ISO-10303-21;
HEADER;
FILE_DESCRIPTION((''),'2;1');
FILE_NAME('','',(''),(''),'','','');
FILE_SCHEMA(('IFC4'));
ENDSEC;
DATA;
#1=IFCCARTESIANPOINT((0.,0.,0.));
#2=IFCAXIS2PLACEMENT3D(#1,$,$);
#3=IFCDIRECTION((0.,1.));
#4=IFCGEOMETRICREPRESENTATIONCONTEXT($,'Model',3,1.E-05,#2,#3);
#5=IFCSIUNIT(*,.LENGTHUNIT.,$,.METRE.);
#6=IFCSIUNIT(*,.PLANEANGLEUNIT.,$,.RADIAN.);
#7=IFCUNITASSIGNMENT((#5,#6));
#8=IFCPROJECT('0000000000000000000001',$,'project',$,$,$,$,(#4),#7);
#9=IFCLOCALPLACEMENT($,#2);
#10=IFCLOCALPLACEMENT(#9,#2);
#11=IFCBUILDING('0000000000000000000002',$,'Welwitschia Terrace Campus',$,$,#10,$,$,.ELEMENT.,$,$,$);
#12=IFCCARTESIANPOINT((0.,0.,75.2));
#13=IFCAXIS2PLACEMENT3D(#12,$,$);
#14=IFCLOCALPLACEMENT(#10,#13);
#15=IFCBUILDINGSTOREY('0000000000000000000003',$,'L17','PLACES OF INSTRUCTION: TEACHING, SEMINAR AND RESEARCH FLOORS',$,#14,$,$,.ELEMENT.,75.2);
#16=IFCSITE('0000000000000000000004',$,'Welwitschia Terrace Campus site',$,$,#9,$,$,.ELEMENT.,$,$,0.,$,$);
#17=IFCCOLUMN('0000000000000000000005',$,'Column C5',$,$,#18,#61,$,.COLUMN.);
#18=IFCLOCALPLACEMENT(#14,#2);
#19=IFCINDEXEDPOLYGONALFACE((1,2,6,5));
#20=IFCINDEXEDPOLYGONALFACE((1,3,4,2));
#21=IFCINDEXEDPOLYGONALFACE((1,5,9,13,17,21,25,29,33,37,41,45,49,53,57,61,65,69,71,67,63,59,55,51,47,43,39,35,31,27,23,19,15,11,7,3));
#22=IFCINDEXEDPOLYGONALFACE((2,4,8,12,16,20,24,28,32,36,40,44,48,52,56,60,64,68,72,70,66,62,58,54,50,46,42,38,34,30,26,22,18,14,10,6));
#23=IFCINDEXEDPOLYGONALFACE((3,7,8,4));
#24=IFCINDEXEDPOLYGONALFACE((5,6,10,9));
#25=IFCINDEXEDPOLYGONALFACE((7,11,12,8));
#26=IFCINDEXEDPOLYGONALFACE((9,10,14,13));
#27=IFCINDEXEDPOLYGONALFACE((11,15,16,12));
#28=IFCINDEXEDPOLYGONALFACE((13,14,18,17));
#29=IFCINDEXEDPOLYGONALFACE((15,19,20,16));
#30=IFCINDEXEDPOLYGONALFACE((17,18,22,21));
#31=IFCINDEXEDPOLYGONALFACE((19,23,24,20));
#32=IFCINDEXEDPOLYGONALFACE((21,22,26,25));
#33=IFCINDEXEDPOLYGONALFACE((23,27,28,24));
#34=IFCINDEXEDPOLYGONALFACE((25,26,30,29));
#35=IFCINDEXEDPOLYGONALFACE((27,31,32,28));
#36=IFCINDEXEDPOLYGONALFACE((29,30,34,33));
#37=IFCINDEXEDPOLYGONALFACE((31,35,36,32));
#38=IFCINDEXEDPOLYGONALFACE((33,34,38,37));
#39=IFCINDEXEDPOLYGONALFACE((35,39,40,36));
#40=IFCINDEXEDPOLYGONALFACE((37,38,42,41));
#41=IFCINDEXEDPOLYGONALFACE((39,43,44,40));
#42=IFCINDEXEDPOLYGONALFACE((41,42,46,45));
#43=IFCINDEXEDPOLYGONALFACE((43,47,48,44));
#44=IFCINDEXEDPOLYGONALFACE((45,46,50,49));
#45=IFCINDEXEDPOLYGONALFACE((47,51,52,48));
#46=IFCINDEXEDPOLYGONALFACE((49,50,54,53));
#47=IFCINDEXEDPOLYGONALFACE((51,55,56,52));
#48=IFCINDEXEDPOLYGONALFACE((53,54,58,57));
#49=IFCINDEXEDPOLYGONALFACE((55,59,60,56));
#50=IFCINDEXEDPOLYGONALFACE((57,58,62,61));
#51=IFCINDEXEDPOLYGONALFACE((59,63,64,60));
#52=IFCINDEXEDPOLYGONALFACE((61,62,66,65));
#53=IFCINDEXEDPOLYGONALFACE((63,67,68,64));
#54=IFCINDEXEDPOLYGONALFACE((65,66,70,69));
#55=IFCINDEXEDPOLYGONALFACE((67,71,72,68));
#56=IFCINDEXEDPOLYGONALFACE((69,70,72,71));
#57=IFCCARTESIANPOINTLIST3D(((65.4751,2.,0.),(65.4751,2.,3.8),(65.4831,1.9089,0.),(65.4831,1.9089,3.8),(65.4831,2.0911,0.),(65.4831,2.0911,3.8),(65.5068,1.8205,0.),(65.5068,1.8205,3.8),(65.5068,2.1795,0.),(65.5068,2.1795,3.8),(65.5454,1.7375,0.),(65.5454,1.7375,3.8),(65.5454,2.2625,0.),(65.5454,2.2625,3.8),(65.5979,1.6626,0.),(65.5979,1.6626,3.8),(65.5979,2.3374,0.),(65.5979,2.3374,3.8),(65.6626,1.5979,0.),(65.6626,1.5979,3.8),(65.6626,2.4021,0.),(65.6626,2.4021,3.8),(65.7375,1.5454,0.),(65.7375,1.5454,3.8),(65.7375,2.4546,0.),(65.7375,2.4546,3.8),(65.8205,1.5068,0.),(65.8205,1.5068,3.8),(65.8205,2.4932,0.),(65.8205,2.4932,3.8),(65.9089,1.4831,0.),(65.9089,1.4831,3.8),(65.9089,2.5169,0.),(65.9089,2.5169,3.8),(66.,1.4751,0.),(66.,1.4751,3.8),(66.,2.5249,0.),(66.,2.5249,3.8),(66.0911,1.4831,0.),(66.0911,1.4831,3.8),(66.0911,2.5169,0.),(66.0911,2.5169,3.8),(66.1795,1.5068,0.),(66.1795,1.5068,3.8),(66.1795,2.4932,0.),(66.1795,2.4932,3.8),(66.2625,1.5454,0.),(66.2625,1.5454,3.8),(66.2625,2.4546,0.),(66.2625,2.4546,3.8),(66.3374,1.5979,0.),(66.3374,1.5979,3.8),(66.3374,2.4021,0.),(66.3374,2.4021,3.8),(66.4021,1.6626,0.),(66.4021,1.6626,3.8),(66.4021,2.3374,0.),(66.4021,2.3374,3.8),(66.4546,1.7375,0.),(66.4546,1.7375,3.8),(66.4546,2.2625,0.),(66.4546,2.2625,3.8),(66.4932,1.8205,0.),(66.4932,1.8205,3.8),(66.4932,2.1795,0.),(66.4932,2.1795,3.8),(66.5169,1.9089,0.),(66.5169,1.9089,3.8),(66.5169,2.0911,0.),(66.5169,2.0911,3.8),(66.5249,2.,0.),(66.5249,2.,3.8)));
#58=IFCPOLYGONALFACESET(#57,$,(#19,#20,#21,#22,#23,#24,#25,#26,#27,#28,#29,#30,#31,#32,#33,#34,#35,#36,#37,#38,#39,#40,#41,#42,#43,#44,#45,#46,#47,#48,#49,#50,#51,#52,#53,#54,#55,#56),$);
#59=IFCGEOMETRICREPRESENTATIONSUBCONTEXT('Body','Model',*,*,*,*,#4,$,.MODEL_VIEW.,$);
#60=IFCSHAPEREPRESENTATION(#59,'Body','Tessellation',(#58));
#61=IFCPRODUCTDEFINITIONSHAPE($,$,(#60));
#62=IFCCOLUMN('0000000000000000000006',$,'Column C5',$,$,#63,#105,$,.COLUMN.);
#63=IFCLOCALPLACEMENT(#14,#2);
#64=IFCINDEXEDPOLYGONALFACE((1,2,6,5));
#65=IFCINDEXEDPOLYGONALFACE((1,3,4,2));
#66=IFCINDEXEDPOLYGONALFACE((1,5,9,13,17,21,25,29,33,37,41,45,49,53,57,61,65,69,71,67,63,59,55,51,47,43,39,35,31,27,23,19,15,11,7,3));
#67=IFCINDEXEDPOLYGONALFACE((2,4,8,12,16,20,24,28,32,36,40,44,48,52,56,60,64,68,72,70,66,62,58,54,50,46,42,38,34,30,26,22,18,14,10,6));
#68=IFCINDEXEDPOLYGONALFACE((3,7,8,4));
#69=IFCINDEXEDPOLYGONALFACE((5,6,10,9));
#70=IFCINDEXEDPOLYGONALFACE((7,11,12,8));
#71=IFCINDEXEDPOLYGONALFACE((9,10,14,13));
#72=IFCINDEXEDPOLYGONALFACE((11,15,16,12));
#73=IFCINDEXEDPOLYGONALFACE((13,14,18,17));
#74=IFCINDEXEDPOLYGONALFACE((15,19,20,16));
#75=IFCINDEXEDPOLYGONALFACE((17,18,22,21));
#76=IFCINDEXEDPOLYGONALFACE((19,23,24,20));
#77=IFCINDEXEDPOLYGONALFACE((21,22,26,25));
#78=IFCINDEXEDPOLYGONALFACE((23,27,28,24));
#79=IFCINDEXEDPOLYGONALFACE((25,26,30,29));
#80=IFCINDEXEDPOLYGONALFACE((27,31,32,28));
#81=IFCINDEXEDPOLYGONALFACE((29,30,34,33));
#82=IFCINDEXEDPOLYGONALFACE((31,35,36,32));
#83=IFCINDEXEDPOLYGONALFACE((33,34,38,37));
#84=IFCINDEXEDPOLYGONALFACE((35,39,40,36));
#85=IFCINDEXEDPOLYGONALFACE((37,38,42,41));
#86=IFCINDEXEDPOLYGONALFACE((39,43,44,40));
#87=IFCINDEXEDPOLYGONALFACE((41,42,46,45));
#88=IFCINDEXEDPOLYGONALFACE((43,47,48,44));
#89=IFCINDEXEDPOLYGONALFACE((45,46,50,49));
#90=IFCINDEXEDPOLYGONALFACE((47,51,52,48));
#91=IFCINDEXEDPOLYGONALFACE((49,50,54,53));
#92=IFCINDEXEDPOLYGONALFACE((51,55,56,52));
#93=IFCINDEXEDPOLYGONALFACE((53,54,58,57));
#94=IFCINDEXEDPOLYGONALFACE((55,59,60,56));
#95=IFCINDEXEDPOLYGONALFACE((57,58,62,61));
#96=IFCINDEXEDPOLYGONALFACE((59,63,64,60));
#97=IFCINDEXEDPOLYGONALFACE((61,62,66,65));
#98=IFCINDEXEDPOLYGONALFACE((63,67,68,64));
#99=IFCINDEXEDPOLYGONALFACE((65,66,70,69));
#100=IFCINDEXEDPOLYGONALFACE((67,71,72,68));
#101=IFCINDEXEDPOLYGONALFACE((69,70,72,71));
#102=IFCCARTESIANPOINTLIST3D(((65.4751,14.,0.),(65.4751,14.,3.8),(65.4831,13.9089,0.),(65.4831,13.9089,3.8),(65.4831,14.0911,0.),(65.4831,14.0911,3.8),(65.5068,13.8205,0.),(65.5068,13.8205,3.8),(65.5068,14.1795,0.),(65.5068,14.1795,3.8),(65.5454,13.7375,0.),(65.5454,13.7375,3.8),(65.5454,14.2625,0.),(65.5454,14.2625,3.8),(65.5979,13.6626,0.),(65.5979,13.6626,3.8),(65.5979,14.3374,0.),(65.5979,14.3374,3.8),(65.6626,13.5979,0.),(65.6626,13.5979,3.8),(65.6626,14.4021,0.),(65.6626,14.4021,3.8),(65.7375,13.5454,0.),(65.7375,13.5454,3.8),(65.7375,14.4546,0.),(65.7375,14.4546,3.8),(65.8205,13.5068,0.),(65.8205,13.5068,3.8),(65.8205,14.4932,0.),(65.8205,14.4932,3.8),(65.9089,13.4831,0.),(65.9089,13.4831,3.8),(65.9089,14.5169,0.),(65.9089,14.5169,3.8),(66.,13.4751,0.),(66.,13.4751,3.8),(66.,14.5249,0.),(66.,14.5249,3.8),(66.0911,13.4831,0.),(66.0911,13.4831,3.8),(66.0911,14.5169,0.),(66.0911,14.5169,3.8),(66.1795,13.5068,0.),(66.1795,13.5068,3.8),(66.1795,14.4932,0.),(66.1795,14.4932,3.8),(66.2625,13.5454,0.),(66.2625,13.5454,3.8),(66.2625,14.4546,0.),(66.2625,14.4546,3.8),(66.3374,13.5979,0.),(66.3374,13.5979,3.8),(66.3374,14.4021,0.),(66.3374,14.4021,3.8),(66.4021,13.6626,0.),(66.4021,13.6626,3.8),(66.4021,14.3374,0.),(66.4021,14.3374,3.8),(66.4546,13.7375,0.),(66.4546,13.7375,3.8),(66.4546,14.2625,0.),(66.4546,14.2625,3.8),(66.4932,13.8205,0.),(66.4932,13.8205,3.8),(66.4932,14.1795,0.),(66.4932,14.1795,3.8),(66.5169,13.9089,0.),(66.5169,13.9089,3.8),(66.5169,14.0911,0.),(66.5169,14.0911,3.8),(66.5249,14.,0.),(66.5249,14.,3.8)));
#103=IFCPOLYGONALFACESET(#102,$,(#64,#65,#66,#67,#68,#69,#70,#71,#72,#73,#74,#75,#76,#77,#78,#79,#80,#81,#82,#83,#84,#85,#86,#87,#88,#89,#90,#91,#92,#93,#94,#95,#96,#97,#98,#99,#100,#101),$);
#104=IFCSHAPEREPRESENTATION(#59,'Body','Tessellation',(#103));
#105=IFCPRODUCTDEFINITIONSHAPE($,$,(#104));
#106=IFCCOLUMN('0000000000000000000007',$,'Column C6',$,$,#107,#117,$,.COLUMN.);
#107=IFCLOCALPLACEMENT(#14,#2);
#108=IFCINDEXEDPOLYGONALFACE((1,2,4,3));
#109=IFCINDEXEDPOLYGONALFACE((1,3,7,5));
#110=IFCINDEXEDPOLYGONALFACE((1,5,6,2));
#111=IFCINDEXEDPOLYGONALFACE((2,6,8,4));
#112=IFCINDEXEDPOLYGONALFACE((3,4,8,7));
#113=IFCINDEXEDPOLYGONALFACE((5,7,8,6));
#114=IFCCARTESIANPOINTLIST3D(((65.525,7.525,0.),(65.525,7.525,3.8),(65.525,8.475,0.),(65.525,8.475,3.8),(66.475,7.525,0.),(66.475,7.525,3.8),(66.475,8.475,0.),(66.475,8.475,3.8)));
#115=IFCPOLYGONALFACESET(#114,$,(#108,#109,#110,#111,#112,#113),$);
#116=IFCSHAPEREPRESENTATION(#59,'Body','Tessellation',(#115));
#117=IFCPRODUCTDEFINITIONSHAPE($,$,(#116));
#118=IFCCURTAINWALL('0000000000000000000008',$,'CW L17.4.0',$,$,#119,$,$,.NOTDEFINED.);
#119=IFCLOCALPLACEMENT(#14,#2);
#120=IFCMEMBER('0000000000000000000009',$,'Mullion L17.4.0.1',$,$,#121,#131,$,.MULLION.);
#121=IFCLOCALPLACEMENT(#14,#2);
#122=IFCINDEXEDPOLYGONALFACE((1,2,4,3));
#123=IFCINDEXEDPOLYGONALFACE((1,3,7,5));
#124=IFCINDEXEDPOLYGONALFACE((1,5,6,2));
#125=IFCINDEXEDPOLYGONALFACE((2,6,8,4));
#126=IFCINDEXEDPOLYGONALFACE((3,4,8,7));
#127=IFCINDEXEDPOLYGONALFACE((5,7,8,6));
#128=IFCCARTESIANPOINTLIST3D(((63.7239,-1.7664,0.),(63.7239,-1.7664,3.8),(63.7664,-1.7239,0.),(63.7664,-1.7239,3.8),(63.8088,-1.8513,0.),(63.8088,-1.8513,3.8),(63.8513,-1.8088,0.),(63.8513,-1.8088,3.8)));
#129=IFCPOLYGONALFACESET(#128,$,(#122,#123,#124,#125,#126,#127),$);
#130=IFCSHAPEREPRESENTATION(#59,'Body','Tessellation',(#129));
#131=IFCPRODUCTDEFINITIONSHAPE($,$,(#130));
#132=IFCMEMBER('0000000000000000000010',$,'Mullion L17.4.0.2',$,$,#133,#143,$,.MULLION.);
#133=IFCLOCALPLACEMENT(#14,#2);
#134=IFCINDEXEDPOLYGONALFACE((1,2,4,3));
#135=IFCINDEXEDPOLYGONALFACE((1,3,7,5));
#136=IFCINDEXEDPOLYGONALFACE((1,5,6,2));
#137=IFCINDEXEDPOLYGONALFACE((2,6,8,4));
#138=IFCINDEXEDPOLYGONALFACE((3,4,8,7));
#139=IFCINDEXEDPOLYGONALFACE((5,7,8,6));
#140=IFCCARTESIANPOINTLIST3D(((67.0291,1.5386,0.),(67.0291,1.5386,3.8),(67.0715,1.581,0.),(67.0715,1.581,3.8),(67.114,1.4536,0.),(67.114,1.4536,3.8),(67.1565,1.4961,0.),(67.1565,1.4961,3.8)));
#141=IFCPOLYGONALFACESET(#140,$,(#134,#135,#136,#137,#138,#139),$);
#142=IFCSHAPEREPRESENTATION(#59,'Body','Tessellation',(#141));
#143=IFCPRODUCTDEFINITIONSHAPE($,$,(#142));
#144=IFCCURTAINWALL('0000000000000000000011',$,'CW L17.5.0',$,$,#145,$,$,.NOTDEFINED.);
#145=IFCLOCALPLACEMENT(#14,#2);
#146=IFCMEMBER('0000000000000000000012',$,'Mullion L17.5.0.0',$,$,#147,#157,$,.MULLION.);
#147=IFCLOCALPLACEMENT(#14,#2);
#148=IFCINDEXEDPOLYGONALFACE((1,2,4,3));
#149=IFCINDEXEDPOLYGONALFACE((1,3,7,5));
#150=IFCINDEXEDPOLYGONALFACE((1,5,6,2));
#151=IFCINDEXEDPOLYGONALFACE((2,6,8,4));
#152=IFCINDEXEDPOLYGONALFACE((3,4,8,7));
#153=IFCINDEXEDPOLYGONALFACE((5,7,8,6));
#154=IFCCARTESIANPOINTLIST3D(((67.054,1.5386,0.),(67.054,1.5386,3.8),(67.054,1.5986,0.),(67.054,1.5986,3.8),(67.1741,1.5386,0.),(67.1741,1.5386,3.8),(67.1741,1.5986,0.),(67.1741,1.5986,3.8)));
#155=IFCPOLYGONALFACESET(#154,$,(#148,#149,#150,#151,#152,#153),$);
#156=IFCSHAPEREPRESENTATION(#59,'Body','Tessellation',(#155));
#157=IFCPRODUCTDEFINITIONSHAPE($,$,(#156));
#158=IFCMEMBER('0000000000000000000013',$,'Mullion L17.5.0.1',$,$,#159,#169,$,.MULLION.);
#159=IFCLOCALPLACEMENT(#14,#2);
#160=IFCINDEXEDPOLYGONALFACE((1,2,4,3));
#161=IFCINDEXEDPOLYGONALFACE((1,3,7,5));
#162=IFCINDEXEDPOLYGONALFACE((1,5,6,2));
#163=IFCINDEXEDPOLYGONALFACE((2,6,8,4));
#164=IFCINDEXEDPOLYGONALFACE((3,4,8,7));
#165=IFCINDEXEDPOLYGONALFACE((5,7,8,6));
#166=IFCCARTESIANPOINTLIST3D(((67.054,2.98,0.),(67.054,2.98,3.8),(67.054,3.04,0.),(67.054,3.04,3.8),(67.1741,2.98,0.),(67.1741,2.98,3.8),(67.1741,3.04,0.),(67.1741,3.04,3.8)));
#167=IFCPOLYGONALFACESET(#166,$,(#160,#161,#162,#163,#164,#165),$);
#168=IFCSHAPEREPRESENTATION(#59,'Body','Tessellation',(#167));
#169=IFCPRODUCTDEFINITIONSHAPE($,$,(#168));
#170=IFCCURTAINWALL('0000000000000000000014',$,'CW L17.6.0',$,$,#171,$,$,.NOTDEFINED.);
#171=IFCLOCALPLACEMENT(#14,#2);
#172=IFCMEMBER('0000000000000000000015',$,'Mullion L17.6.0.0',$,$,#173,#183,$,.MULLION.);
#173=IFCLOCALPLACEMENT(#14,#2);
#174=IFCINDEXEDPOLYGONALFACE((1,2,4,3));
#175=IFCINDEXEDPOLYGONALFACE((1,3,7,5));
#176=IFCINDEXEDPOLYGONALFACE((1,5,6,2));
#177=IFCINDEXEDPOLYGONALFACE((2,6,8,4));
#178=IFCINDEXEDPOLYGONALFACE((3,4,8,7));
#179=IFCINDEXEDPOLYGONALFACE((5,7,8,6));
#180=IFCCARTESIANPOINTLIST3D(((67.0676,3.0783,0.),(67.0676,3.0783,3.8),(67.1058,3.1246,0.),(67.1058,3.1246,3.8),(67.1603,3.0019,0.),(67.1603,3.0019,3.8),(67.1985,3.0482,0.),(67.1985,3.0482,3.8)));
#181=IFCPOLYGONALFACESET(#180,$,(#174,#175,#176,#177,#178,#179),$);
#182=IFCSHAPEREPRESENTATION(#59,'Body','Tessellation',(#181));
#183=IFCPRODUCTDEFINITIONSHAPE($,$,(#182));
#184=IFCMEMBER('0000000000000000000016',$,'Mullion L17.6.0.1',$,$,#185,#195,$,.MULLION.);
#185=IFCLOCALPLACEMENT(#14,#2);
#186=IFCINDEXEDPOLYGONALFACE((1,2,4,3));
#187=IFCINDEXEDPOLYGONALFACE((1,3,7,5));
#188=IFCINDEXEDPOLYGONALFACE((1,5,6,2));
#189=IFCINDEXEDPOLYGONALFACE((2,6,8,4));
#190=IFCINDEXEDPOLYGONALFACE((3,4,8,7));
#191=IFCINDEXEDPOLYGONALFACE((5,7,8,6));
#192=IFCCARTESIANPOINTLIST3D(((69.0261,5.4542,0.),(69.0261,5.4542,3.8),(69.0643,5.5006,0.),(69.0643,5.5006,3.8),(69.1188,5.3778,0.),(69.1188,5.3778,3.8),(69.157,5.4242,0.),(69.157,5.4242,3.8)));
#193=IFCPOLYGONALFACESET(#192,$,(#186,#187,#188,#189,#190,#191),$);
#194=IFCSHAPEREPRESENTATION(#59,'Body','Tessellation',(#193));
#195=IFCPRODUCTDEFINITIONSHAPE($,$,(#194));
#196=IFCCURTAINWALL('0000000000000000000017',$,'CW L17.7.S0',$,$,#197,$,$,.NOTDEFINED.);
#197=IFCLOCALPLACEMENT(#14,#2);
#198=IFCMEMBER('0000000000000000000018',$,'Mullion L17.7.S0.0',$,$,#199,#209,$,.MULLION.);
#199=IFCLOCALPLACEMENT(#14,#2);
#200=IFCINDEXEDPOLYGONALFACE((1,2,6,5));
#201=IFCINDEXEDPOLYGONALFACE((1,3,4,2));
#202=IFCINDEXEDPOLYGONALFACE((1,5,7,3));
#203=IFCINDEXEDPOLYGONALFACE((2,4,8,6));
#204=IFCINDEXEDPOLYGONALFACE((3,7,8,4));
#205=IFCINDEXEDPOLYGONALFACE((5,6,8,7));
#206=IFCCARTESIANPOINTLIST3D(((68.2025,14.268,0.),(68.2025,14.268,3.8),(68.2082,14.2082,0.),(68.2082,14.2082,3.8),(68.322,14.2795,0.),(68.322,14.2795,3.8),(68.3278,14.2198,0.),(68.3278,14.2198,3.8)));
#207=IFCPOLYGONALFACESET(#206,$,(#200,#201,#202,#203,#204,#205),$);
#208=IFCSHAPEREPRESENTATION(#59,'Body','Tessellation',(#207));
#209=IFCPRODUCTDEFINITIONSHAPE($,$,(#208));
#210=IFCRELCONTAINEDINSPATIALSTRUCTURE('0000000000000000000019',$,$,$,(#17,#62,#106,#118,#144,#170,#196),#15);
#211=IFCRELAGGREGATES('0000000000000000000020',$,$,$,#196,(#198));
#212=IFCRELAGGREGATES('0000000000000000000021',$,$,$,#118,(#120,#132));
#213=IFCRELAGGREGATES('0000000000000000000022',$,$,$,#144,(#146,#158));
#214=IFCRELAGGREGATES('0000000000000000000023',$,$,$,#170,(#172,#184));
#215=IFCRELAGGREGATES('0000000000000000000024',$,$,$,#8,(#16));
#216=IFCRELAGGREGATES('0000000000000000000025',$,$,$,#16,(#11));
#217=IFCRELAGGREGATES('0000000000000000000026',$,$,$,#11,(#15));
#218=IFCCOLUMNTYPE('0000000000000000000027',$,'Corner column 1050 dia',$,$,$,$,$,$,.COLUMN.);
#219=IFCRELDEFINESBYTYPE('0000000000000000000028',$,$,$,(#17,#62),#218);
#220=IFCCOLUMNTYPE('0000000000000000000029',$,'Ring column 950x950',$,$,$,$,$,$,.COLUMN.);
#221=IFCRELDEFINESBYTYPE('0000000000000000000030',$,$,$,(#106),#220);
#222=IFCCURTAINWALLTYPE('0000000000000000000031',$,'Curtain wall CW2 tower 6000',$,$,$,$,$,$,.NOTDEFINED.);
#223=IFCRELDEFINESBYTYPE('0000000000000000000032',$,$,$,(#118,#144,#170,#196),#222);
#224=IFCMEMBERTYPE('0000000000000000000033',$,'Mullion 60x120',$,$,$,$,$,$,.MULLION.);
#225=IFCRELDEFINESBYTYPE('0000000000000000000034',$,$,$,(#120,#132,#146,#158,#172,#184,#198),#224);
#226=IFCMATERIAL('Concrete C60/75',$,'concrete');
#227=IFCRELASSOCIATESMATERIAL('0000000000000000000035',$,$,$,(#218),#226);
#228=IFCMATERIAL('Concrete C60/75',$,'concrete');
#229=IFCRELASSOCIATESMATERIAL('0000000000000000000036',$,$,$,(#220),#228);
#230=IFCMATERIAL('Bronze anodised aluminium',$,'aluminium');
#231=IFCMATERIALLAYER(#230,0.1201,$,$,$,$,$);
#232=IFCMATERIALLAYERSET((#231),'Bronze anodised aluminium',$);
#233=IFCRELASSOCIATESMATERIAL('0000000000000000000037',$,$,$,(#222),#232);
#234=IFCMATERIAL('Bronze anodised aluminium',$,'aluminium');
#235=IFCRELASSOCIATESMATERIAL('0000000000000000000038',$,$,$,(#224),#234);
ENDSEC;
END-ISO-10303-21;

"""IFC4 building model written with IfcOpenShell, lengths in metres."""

from ifc_helpers import new_model, si_unit, direction, frame, origin, origin_2d, place, context, subcontext, project, spatial, rectangle, circle, extrude, material, layer, layer_set, material_profile, profile_set, type_object, element, aggregate, save


model = new_model("IFC4")

# Units and contexts
model_context = context("Model", 3, precision=1e-05, world=origin(), true_north=direction((0.0, 1.0)))
body_context = subcontext(model_context, "Body", "Model", "MODEL_VIEW")
ifc_project = project(units=[si_unit("LENGTHUNIT", "METRE"), si_unit("PLANEANGLEUNIT", "RADIAN")], contexts=[model_context])

# Site, building, storey
site_placement = place(None, origin())
site = spatial("IfcSite", under=ifc_project, at=site_placement, Name="Welwitschia Terrace Campus site", CompositionType="ELEMENT", RefElevation=0.0)
building_placement = place(site_placement, origin())
building = spatial("IfcBuilding", under=site, at=building_placement, Name="Welwitschia Terrace Campus", CompositionType="ELEMENT")
storey_placement = place(building_placement, frame((0.0, 0.0, 75.2)))
storey = spatial("IfcBuildingStorey", under=building, at=storey_placement, Name="L17", Description="PLACES OF INSTRUCTION: TEACHING, SEMINAR AND RESEARCH FLOORS", CompositionType="ELEMENT", Elevation=75.2)

# Columns
ifc_material_1 = material(Name="Concrete C60/75", Category="concrete")
ifc_material_profile_1 = material_profile(ifc_material_1, circle(Radius=0.5249, at=origin_2d()))
ifc_profile_set_1 = profile_set([ifc_material_profile_1], Name="Concrete C60/75")
column_type_1 = type_object("IfcColumnType", Name="Corner column 1050 dia", PredefinedType="COLUMN", material=ifc_profile_set_1)
for number, where, z_axis, x_axis, name in (
    (1, (66.0, 2.0, 0.0), (0.0, 0.0, 1.0), (1.0, 0.0, 0.0), "Column C5"),
    (2, (66.0, 14.0, 0.0), (0.0, 0.0, 1.0), (1.0, 0.0, 0.0), "Column C5"),
):
    element("IfcColumn", number, at=place(storey_placement, frame(where, z_axis=z_axis, x_axis=x_axis)), inside=storey, type_object=column_type_1, Name=name, PredefinedType="COLUMN", context=body_context, shape_type="SweptSolid", body=[
        extrude(circle(Radius=0.5249, at=origin_2d()), origin(), (0.0, 0.0, 1.0), 3.8),
    ])
ifc_material_2 = material(Name="Concrete C60/75", Category="concrete")
ifc_material_profile_2 = material_profile(ifc_material_2, rectangle(XDim=0.95, YDim=0.95, at=origin_2d()))
ifc_profile_set_2 = profile_set([ifc_material_profile_2], Name="Concrete C60/75")
column_type_2 = type_object("IfcColumnType", Name="Ring column 950x950", PredefinedType="COLUMN", material=ifc_profile_set_2)
column_placement = place(storey_placement, frame((66.0, 8.0, 0.0), z_axis=(0.0, 0.0, 1.0), x_axis=(1.0, 0.0, 0.0)))
element("IfcColumn", 3, at=column_placement, inside=storey, type_object=column_type_2, Name="Column C6", PredefinedType="COLUMN", context=body_context, shape_type="SweptSolid", body=[
    extrude(rectangle(XDim=0.95, YDim=0.95, at=origin_2d()), origin(), (0.0, 0.0, 1.0), 3.8),
])

# Curtain walls, members
ifc_material_3 = material(Name="Bronze anodised aluminium", Category="aluminium")
ifc_layer_1 = layer(ifc_material_3, 0.1201)
ifc_layer_set_1 = layer_set([ifc_layer_1], Name="Bronze anodised aluminium")
curtain_wall_type = type_object("IfcCurtainWallType", Name="Curtain wall CW2 tower 6000", PredefinedType="NOTDEFINED", material=ifc_layer_set_1)
curtain_wall_1_placement = place(storey_placement, origin())
curtain_wall_1 = element("IfcCurtainWall", 4, at=curtain_wall_1_placement, inside=storey, type_object=curtain_wall_type, Name="CW L17.4.0", PredefinedType="NOTDEFINED")
ifc_material_4 = material(Name="Bronze anodised aluminium", Category="aluminium")
ifc_material_profile_3 = material_profile(ifc_material_4, rectangle(XDim=0.1201, YDim=0.0601, at=origin_2d()))
ifc_profile_set_3 = profile_set([ifc_material_profile_3], Name="Bronze anodised aluminium")
member_type_1 = type_object("IfcMemberType", Name="Mullion 60x120", PredefinedType="MULLION", material=ifc_profile_set_3)
member_1_placement = place(storey_placement, frame((63.7876, -1.7876, 0.0), z_axis=(0.0, 0.0, 1.0), x_axis=(-0.707107, 0.707107, 0.0)))
member_1 = element("IfcMember", 5, at=member_1_placement, type_object=member_type_1, Name="Mullion L17.4.0.1", PredefinedType="MULLION", context=body_context, shape_type="SweptSolid", body=[
    extrude(rectangle(XDim=0.1201, YDim=0.0601, at=origin_2d()), origin(), (0.0, 0.0, 1.0), 3.8),
])
member_2_placement = place(storey_placement, frame((67.0928, 1.5173, 0.0), z_axis=(0.0, 0.0, 1.0), x_axis=(-0.707107, 0.707107, 0.0)))
member_2 = element("IfcMember", 6, at=member_2_placement, type_object=member_type_1, Name="Mullion L17.4.0.2", PredefinedType="MULLION", context=body_context, shape_type="SweptSolid", body=[
    extrude(rectangle(XDim=0.1201, YDim=0.0601, at=origin_2d()), origin(), (0.0, 0.0, 1.0), 3.8),
])
curtain_wall_2_placement = place(storey_placement, origin())
curtain_wall_2 = element("IfcCurtainWall", 7, at=curtain_wall_2_placement, inside=storey, type_object=curtain_wall_type, Name="CW L17.5.0", PredefinedType="NOTDEFINED")
member_3_placement = place(storey_placement, frame((67.114, 1.5686, 0.0), z_axis=(0.0, 0.0, 1.0), x_axis=(-1.0, 0.0, 0.0)))
member_3 = element("IfcMember", 8, at=member_3_placement, type_object=member_type_1, Name="Mullion L17.5.0.0", PredefinedType="MULLION", context=body_context, shape_type="SweptSolid", body=[
    extrude(rectangle(XDim=0.1201, YDim=0.0601, at=origin_2d()), origin(), (0.0, 0.0, 1.0), 3.8),
])
member_4_placement = place(storey_placement, frame((67.114, 3.01, 0.0), z_axis=(0.0, 0.0, 1.0), x_axis=(-1.0, 0.0, 0.0)))
member_4 = element("IfcMember", 9, at=member_4_placement, type_object=member_type_1, Name="Mullion L17.5.0.1", PredefinedType="MULLION", context=body_context, shape_type="SweptSolid", body=[
    extrude(rectangle(XDim=0.1201, YDim=0.0601, at=origin_2d()), origin(), (0.0, 0.0, 1.0), 3.8),
])
curtain_wall_3_placement = place(storey_placement, origin())
curtain_wall_3 = element("IfcCurtainWall", 10, at=curtain_wall_3_placement, inside=storey, type_object=curtain_wall_type, Name="CW L17.6.0", PredefinedType="NOTDEFINED")
member_5_placement = place(storey_placement, frame((67.1331, 3.0632, 0.0), z_axis=(0.0, 0.0, 1.0), x_axis=(-0.771625, 0.636078, 0.0)))
member_5 = element("IfcMember", 11, at=member_5_placement, type_object=member_type_1, Name="Mullion L17.6.0.0", PredefinedType="MULLION", context=body_context, shape_type="SweptSolid", body=[
    extrude(rectangle(XDim=0.1201, YDim=0.0601, at=origin_2d()), origin(), (0.0, 0.0, 1.0), 3.8),
])
member_6_placement = place(storey_placement, frame((69.0916, 5.4392, 0.0), z_axis=(0.0, 0.0, 1.0), x_axis=(-0.771625, 0.636078, 0.0)))
member_6 = element("IfcMember", 12, at=member_6_placement, type_object=member_type_1, Name="Mullion L17.6.0.1", PredefinedType="MULLION", context=body_context, shape_type="SweptSolid", body=[
    extrude(rectangle(XDim=0.1201, YDim=0.0601, at=origin_2d()), origin(), (0.0, 0.0, 1.0), 3.8),
])

# Curtain wall, member
curtain_wall_4_placement = place(storey_placement, origin())
curtain_wall_4 = element("IfcCurtainWall", 13, at=curtain_wall_4_placement, inside=storey, type_object=curtain_wall_type, Name="CW L17.7.S0", PredefinedType="NOTDEFINED")
member_7_placement = place(storey_placement, frame((68.2651, 14.2439, 0.0), z_axis=(0.0, 0.0, 1.0), x_axis=(-0.995396, -0.095846, 0.0)))
member_7 = element("IfcMember", 14, at=member_7_placement, type_object=member_type_1, Name="Mullion L17.7.S0.0", PredefinedType="MULLION", context=body_context, shape_type="SweptSolid", body=[
    extrude(rectangle(XDim=0.1201, YDim=0.0601, at=origin_2d()), origin(), (0.0, 0.0, 1.0), 3.8),
])

aggregate(curtain_wall_4, [member_7])

aggregate(curtain_wall_1, [member_1, member_2])
aggregate(curtain_wall_2, [member_3, member_4])
aggregate(curtain_wall_3, [member_5, member_6])

save(model, "model.ifc")
